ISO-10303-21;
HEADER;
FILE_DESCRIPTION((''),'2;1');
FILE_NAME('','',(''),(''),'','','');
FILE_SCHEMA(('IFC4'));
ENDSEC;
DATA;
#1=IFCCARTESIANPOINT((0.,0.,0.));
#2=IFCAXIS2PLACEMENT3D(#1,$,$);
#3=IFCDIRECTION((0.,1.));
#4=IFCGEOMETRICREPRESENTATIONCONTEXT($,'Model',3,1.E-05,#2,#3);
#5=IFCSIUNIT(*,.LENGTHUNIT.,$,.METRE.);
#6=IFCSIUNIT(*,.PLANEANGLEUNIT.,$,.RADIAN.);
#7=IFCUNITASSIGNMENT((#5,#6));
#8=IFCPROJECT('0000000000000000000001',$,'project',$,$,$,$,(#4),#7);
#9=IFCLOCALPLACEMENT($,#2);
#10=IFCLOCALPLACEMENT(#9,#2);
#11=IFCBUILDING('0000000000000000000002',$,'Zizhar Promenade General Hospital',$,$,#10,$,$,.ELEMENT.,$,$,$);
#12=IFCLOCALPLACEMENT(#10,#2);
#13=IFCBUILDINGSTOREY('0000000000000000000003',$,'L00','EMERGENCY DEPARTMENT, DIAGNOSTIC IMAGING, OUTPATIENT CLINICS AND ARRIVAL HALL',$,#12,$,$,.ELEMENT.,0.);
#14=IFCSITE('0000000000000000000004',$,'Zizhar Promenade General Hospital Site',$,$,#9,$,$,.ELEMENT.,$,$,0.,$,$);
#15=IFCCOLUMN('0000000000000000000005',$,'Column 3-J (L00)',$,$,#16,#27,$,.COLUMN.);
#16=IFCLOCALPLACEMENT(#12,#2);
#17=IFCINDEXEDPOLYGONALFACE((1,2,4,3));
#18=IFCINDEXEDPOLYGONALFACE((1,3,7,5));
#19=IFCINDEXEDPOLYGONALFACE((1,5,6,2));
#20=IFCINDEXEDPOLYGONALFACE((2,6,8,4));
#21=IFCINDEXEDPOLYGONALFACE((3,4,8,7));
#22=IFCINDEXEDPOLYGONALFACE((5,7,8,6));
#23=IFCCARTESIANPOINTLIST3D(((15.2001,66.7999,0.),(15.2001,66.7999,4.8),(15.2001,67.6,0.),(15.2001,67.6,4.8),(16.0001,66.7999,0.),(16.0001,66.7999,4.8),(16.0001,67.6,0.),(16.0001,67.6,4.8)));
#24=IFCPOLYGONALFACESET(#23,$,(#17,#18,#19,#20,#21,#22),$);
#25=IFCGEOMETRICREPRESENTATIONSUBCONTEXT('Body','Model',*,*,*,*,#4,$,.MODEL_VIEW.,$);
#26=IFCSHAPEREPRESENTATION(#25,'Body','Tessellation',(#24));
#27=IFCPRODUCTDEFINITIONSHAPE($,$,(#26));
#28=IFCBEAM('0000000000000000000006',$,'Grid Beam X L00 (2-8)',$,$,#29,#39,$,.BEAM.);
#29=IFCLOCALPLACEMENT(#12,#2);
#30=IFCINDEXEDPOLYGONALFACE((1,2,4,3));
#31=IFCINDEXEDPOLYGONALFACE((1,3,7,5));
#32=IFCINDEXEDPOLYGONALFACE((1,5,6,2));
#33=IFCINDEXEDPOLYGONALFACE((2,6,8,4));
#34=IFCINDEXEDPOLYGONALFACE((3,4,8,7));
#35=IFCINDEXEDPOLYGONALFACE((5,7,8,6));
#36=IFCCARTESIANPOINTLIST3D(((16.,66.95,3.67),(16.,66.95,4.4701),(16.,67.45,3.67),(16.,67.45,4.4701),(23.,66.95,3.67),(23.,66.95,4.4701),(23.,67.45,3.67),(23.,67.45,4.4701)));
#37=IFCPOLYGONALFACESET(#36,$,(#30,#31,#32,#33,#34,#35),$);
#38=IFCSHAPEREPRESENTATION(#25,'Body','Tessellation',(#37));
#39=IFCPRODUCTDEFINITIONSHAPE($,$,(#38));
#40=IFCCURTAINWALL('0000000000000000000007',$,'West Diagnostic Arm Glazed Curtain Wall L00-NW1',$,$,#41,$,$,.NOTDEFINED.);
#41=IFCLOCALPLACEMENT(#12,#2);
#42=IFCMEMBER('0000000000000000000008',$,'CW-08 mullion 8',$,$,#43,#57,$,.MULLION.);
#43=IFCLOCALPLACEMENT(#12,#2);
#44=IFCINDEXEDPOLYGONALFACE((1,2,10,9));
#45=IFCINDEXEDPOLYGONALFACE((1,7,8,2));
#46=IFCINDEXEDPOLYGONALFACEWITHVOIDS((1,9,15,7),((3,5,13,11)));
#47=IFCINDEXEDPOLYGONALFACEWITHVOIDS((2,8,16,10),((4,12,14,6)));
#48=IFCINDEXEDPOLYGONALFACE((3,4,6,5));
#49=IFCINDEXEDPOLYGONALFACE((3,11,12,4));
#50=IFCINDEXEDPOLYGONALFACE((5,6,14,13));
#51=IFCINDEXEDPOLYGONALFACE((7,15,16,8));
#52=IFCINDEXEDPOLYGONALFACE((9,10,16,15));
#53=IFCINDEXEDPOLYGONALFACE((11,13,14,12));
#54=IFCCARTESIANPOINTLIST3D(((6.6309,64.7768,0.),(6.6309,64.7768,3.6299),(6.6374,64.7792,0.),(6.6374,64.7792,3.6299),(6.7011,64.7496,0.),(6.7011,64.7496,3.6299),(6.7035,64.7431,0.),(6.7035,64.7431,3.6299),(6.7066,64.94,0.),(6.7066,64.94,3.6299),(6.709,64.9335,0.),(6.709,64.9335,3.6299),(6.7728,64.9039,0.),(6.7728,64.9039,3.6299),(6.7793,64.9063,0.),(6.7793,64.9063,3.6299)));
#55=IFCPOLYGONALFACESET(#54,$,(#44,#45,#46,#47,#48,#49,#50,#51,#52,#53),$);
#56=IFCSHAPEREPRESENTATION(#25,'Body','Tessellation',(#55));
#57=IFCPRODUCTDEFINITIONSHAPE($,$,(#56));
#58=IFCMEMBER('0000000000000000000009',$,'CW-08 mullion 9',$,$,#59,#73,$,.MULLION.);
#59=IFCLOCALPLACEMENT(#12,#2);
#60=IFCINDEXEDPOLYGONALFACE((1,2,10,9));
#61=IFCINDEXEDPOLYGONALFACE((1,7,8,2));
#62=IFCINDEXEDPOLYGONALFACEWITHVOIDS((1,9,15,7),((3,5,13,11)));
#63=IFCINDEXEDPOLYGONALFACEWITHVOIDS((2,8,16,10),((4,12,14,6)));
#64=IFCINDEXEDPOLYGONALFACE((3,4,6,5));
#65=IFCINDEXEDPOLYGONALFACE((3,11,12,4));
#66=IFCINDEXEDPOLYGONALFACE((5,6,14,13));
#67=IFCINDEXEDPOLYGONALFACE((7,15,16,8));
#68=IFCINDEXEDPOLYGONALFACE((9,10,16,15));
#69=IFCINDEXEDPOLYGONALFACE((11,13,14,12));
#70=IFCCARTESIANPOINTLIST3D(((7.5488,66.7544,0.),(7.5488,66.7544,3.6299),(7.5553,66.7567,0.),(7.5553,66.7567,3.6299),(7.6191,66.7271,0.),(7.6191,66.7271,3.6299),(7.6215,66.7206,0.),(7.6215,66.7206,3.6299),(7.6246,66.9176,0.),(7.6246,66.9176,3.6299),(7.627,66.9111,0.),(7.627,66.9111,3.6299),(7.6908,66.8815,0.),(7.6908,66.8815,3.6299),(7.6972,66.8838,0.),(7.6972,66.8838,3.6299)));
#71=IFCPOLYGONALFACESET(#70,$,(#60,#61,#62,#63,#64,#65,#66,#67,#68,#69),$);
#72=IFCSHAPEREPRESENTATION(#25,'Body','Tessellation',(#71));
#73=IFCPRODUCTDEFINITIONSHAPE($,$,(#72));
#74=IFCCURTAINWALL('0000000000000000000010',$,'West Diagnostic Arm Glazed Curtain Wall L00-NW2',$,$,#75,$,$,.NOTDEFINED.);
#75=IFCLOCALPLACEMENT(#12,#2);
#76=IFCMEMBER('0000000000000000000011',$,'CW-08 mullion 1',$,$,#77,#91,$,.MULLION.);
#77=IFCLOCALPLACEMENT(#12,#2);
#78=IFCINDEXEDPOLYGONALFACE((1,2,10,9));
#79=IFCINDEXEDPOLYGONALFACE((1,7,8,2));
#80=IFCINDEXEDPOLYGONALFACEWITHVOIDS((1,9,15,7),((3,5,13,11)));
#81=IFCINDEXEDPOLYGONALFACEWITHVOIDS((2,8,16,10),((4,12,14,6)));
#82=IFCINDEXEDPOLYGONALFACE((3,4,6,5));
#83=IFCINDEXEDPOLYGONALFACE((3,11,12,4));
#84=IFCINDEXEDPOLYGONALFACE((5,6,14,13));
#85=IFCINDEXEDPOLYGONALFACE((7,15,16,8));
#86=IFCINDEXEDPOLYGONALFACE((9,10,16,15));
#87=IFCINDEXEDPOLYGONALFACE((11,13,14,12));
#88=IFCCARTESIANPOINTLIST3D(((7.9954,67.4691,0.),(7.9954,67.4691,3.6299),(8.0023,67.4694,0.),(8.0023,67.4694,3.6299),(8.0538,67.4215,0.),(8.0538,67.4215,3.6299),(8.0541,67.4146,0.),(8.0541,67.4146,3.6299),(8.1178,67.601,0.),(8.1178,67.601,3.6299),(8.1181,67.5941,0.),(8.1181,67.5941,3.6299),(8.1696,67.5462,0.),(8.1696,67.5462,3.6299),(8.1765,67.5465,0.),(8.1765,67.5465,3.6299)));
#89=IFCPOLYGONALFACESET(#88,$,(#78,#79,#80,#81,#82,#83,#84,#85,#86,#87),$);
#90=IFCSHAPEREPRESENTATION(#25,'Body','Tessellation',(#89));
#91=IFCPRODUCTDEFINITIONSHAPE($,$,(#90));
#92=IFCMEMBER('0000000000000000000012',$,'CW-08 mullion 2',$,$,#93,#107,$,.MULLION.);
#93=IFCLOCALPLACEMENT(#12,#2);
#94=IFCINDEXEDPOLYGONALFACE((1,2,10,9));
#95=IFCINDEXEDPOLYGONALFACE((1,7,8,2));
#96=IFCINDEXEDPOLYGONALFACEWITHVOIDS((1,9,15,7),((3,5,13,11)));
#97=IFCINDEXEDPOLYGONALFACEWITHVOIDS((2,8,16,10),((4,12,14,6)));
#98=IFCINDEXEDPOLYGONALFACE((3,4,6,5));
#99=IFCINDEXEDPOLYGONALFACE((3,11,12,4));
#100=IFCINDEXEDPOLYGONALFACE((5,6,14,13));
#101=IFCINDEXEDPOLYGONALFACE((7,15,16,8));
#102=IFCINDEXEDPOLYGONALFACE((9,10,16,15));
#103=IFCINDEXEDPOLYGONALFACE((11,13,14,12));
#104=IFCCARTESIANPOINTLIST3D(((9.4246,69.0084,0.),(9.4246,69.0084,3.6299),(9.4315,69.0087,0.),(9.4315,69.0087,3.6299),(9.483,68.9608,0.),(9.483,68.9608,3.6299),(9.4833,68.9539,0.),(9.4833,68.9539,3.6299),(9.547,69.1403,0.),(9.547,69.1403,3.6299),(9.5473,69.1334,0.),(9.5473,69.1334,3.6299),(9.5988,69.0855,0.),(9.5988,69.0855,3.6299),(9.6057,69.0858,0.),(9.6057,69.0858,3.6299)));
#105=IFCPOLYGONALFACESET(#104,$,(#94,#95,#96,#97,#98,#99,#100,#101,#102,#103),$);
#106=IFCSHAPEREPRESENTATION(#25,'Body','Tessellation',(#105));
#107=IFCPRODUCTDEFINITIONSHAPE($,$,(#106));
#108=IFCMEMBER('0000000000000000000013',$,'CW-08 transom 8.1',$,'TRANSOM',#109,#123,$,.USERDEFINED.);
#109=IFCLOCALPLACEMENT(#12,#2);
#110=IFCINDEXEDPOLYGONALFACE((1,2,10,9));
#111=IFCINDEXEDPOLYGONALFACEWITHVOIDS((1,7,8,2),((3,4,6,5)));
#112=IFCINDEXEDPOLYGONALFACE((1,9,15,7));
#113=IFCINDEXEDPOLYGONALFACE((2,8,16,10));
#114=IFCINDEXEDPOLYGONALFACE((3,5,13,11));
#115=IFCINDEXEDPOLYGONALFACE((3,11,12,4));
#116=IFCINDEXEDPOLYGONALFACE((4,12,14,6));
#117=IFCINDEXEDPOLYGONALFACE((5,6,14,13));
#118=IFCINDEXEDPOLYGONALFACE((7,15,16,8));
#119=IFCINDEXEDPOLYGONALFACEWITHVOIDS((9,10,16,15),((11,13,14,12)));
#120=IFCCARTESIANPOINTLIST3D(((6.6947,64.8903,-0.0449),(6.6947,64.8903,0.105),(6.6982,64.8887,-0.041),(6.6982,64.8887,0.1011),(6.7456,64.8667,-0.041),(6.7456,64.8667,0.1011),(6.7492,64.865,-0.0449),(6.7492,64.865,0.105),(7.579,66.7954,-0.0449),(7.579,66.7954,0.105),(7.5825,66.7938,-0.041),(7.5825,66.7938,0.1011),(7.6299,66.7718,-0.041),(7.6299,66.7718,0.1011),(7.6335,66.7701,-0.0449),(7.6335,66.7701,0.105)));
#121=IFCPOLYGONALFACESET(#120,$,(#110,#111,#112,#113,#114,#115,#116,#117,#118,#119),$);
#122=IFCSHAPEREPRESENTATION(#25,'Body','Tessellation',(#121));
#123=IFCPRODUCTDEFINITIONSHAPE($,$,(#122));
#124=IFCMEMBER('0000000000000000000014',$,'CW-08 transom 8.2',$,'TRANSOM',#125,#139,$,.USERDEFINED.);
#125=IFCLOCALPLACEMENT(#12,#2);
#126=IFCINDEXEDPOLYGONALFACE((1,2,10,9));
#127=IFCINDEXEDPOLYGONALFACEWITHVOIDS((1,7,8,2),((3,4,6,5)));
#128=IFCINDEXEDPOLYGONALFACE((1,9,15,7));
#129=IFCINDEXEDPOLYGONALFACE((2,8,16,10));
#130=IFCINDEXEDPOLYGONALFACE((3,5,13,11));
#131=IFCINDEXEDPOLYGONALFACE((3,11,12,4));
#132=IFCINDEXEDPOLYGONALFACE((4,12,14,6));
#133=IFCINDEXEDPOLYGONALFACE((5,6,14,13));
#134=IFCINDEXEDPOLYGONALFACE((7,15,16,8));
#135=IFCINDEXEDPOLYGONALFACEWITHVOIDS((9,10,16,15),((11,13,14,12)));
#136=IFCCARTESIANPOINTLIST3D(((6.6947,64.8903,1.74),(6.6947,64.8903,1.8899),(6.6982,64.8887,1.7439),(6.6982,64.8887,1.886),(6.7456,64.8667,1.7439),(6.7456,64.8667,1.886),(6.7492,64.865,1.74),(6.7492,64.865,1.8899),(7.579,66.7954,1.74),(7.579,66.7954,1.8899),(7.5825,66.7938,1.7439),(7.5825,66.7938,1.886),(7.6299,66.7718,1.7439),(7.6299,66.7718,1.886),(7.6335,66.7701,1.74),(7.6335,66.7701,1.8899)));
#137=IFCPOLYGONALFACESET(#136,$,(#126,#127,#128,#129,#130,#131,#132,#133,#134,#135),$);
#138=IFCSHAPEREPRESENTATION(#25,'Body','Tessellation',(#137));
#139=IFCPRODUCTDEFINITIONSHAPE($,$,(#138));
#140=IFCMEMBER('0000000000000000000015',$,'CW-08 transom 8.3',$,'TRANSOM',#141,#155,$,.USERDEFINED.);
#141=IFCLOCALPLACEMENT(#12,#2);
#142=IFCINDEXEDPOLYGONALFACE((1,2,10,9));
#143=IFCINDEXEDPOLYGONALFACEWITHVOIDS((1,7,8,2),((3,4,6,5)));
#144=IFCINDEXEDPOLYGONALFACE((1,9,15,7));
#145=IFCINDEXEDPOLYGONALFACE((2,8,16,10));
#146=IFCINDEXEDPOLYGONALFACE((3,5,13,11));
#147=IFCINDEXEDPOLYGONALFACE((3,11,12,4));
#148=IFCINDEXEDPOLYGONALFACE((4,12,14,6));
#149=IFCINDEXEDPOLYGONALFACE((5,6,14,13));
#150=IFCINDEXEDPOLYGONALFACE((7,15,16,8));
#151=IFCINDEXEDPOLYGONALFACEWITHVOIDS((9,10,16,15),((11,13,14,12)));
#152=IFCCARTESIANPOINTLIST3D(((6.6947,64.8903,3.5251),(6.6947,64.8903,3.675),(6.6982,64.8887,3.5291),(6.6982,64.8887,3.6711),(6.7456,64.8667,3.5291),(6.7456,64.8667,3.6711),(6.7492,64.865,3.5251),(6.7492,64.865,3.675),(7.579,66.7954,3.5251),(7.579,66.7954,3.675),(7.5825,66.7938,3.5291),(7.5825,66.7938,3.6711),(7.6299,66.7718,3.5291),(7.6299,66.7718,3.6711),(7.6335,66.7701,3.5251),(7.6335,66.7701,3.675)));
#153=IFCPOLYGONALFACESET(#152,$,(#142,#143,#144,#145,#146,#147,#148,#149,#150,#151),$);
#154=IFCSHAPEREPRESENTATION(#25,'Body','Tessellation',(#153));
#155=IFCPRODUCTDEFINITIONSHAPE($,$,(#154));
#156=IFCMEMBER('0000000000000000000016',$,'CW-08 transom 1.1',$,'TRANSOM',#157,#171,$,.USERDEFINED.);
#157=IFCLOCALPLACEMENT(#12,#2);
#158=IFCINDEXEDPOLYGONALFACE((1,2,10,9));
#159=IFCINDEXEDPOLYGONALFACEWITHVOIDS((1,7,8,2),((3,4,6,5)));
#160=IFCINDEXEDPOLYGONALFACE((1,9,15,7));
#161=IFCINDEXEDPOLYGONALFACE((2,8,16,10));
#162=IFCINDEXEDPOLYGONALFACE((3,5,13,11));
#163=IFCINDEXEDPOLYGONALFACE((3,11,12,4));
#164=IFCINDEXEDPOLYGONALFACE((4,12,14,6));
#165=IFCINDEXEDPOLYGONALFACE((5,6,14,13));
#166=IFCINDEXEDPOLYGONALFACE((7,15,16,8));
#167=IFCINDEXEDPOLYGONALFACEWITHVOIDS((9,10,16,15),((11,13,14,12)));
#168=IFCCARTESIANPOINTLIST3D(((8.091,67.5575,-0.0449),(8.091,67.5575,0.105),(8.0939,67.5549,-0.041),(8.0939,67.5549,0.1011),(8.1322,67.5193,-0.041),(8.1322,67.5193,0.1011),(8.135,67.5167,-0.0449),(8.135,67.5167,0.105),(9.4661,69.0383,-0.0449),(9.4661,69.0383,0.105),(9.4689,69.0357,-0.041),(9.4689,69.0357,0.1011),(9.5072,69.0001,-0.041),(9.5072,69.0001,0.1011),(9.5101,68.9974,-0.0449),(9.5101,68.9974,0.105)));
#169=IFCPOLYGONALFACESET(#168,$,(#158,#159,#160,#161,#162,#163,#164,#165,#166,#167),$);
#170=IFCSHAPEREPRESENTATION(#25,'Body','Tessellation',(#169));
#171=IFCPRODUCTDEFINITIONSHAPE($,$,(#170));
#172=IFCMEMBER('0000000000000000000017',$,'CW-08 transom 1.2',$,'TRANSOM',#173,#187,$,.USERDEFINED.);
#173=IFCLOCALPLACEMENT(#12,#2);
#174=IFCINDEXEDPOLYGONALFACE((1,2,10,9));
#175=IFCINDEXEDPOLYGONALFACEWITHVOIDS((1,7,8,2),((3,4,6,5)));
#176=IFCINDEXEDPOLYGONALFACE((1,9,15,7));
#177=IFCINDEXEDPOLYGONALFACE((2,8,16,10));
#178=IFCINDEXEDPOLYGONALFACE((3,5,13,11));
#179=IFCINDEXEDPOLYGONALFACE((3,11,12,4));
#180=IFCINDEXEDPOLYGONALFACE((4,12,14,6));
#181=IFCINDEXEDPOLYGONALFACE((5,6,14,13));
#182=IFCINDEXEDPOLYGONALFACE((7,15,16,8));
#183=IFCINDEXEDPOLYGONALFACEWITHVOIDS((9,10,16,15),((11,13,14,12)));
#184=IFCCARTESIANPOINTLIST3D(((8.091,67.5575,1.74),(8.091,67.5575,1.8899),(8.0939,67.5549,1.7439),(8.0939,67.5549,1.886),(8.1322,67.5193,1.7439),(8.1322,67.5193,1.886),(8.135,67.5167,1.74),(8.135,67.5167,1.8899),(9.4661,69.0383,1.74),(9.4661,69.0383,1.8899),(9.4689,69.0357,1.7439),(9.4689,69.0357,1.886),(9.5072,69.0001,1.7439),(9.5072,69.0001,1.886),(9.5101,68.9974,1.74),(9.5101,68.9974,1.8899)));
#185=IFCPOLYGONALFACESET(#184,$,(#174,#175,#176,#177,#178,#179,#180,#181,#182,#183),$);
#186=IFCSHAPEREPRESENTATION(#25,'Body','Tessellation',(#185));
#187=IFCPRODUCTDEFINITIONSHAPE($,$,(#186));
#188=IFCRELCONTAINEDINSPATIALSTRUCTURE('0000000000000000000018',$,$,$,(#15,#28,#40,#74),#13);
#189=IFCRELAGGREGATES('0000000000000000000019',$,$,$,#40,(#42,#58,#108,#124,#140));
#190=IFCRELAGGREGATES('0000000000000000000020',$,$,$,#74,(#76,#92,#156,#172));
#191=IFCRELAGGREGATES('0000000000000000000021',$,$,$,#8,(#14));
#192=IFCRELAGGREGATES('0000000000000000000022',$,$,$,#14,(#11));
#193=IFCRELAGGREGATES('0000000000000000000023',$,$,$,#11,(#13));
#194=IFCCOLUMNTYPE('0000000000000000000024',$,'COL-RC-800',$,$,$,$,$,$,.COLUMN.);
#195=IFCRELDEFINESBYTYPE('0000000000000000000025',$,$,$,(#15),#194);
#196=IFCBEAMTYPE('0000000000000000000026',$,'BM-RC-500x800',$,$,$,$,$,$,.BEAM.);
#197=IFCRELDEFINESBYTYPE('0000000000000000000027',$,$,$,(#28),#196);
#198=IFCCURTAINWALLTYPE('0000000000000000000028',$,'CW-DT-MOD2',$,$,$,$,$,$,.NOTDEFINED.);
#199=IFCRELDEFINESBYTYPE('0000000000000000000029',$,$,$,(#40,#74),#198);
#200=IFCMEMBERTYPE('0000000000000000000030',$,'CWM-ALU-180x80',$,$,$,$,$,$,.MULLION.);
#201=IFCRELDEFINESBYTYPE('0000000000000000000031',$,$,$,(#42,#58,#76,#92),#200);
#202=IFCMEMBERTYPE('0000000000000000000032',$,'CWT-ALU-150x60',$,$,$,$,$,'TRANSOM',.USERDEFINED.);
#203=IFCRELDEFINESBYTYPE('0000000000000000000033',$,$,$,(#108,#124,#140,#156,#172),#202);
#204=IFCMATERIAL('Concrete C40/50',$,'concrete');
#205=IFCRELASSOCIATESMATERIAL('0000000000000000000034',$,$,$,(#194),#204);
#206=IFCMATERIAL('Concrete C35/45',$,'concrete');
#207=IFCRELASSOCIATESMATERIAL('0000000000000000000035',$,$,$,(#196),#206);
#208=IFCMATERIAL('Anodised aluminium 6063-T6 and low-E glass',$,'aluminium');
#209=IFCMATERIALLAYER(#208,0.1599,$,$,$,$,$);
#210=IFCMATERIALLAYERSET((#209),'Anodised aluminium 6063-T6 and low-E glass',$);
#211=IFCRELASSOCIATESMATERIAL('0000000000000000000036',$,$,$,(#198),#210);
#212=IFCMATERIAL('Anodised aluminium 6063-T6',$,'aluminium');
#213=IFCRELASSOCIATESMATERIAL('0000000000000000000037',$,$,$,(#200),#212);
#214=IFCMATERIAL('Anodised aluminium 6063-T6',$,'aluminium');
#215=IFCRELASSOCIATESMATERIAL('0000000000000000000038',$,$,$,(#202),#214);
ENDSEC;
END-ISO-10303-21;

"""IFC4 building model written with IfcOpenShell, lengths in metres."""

from ifc_helpers import new_model, si_unit, direction, frame, origin, origin_2d, place, context, subcontext, project, spatial, rectangle, hollow_rectangle, extrude, material, layer, layer_set, material_profile, profile_set, type_object, element, aggregate, save


model = new_model("IFC4")

# Units and contexts
model_context = context("Model", 3, precision=1e-05, world=origin(), true_north=direction((0.0, 1.0)))
body_context = subcontext(model_context, "Body", "Model", "MODEL_VIEW")
ifc_project = project(units=[si_unit("LENGTHUNIT", "METRE"), si_unit("PLANEANGLEUNIT", "RADIAN")], contexts=[model_context])

# Site, building, storey
site_placement = place(None, origin())
site = spatial("IfcSite", under=ifc_project, at=site_placement, Name="Zizhar Promenade General Hospital Site", CompositionType="ELEMENT", RefElevation=0.0)
building_placement = place(site_placement, origin())
building = spatial("IfcBuilding", under=site, at=building_placement, Name="Zizhar Promenade General Hospital", CompositionType="ELEMENT")
storey_placement = place(building_placement, origin())
storey = spatial("IfcBuildingStorey", under=building, at=storey_placement, Name="L00", Description="EMERGENCY DEPARTMENT, DIAGNOSTIC IMAGING, OUTPATIENT CLINICS AND ARRIVAL HALL", CompositionType="ELEMENT", Elevation=0.0)

# Column
ifc_material_1 = material(Name="Concrete C40/50", Category="concrete")
ifc_material_profile_1 = material_profile(ifc_material_1, rectangle(XDim=0.8, YDim=0.8, at=origin_2d()))
ifc_profile_set_1 = profile_set([ifc_material_profile_1], Name="Concrete C40/50")
column_type = type_object("IfcColumnType", Name="COL-RC-800", PredefinedType="COLUMN", material=ifc_profile_set_1)
column_placement = place(storey_placement, frame((15.6001, 67.2, 0.0), z_axis=(0.0, 0.0, 1.0), x_axis=(1.0, 0.0, 0.0)))
element("IfcColumn", 1, at=column_placement, inside=storey, type_object=column_type, Name="Column 3-J (L00)", PredefinedType="COLUMN", context=body_context, shape_type="SweptSolid", body=[
    extrude(rectangle(XDim=0.8, YDim=0.8, at=origin_2d()), origin(), (0.0, 0.0, 1.0), 4.8),
])

# Beam
ifc_material_2 = material(Name="Concrete C35/45", Category="concrete")
ifc_material_profile_2 = material_profile(ifc_material_2, rectangle(XDim=0.5, YDim=0.8, at=origin_2d()))
ifc_profile_set_2 = profile_set([ifc_material_profile_2], Name="Concrete C35/45")
beam_type = type_object("IfcBeamType", Name="BM-RC-500x800", PredefinedType="BEAM", material=ifc_profile_set_2)
beam_placement = place(storey_placement, frame((16.0, 67.2, 4.0701), z_axis=(1.0, 0.0, 0.0), x_axis=(0.0, 1.0, 0.0)))
element("IfcBeam", 2, at=beam_placement, inside=storey, type_object=beam_type, Name="Grid Beam X L00 (2-8)", PredefinedType="BEAM", context=body_context, shape_type="SweptSolid", body=[
    extrude(rectangle(XDim=0.5, YDim=0.8, at=origin_2d()), origin(), (0.0, 0.0, 1.0), 7.0),
])

# Curtain walls, members
ifc_material_3 = material(Name="Anodised aluminium 6063-T6 and low-E glass", Category="aluminium")
ifc_layer_1 = layer(ifc_material_3, 0.1599)
ifc_layer_set_1 = layer_set([ifc_layer_1], Name="Anodised aluminium 6063-T6 and low-E glass")
curtain_wall_type = type_object("IfcCurtainWallType", Name="CW-DT-MOD2", PredefinedType="NOTDEFINED", material=ifc_layer_set_1)
curtain_wall_1_placement = place(storey_placement, origin())
curtain_wall_1 = element("IfcCurtainWall", 3, at=curtain_wall_1_placement, inside=storey, type_object=curtain_wall_type, Name="West Diagnostic Arm Glazed Curtain Wall L00-NW1", PredefinedType="NOTDEFINED")
ifc_material_4 = material(Name="Anodised aluminium 6063-T6", Category="aluminium")
ifc_material_profile_3 = material_profile(ifc_material_4, hollow_rectangle(XDim=0.0801, YDim=0.1799, WallThickness=0.0049, at=origin_2d()))
ifc_profile_set_3 = profile_set([ifc_material_profile_3], Name="Anodised aluminium 6063-T6")
member_type_1 = type_object("IfcMemberType", Name="CWM-ALU-180x80", PredefinedType="MULLION", material=ifc_profile_set_3)
member_1_placement = place(storey_placement, frame((6.7051, 64.8416, 0.0), z_axis=(0.0, 0.0, 1.0), x_axis=(-0.907007, 0.421115, 0.0)))
member_1 = element("IfcMember", 4, at=member_1_placement, type_object=member_type_1, Name="CW-08 mullion 8", PredefinedType="MULLION", context=body_context, shape_type="SweptSolid", body=[
    extrude(hollow_rectangle(XDim=0.0801, YDim=0.1799, WallThickness=0.0049, at=origin_2d()), origin(), (0.0, 0.0, 1.0), 3.6299),
])
member_2_placement = place(storey_placement, frame((7.623, 66.8191, 0.0), z_axis=(0.0, 0.0, 1.0), x_axis=(-0.907007, 0.421115, 0.0)))
member_2 = element("IfcMember", 5, at=member_2_placement, type_object=member_type_1, Name="CW-08 mullion 9", PredefinedType="MULLION", context=body_context, shape_type="SweptSolid", body=[
    extrude(hollow_rectangle(XDim=0.0801, YDim=0.1799, WallThickness=0.0049, at=origin_2d()), origin(), (0.0, 0.0, 1.0), 3.6299),
])
curtain_wall_2_placement = place(storey_placement, origin())
curtain_wall_2 = element("IfcCurtainWall", 6, at=curtain_wall_2_placement, inside=storey, type_object=curtain_wall_type, Name="West Diagnostic Arm Glazed Curtain Wall L00-NW2", PredefinedType="NOTDEFINED")
member_3_placement = place(storey_placement, frame((8.0859, 67.5078, 0.0), z_axis=(0.0, 0.0, 1.0), x_axis=(-0.732793, 0.680452, 0.0)))
member_3 = element("IfcMember", 7, at=member_3_placement, type_object=member_type_1, Name="CW-08 mullion 1", PredefinedType="MULLION", context=body_context, shape_type="SweptSolid", body=[
    extrude(hollow_rectangle(XDim=0.0801, YDim=0.1799, WallThickness=0.0049, at=origin_2d()), origin(), (0.0, 0.0, 1.0), 3.6299),
])
member_4_placement = place(storey_placement, frame((9.5151, 69.0471, 0.0), z_axis=(0.0, 0.0, 1.0), x_axis=(-0.732793, 0.680452, 0.0)))
member_4 = element("IfcMember", 8, at=member_4_placement, type_object=member_type_1, Name="CW-08 mullion 2", PredefinedType="MULLION", context=body_context, shape_type="SweptSolid", body=[
    extrude(hollow_rectangle(XDim=0.0801, YDim=0.1799, WallThickness=0.0049, at=origin_2d()), origin(), (0.0, 0.0, 1.0), 3.6299),
])

# Members
ifc_material_5 = material(Name="Anodised aluminium 6063-T6", Category="aluminium")
ifc_material_profile_4 = material_profile(ifc_material_5, hollow_rectangle(XDim=0.0601, YDim=0.1499, WallThickness=0.0039, at=origin_2d()))
ifc_profile_set_4 = profile_set([ifc_material_profile_4], Name="Anodised aluminium 6063-T6")
member_type_2 = type_object("IfcMemberType", Name="CWT-ALU-150x60", ElementType="TRANSOM", PredefinedType="USERDEFINED", material=ifc_profile_set_4)
member_5_placement = place(storey_placement, frame((6.7219, 64.8777, 0.03), z_axis=(0.421033, 0.907045, 0.0), x_axis=(-0.907045, 0.421033, 0.0)))
member_5 = element("IfcMember", 9, at=member_5_placement, type_object=member_type_2, Name="CW-08 transom 8.1", ObjectType="TRANSOM", PredefinedType="USERDEFINED", context=body_context, shape_type="SweptSolid", body=[
    extrude(hollow_rectangle(XDim=0.0601, YDim=0.1499, WallThickness=0.0039, at=origin_2d()), origin(), (0.0, 0.0, 1.0), 2.1003),
])
member_6_placement = place(storey_placement, frame((6.7219, 64.8777, 1.8149), z_axis=(0.421033, 0.907045, 0.0), x_axis=(-0.907045, 0.421033, 0.0)))
member_6 = element("IfcMember", 10, at=member_6_placement, type_object=member_type_2, Name="CW-08 transom 8.2", ObjectType="TRANSOM", PredefinedType="USERDEFINED", context=body_context, shape_type="SweptSolid", body=[
    extrude(hollow_rectangle(XDim=0.0601, YDim=0.1499, WallThickness=0.0039, at=origin_2d()), origin(), (0.0, 0.0, 1.0), 2.1003),
])
member_7_placement = place(storey_placement, frame((6.7219, 64.8777, 3.6001), z_axis=(0.421033, 0.907045, 0.0), x_axis=(-0.907045, 0.421033, 0.0)))
member_7 = element("IfcMember", 11, at=member_7_placement, type_object=member_type_2, Name="CW-08 transom 8.3", ObjectType="TRANSOM", PredefinedType="USERDEFINED", context=body_context, shape_type="SweptSolid", body=[
    extrude(hollow_rectangle(XDim=0.0601, YDim=0.1499, WallThickness=0.0039, at=origin_2d()), origin(), (0.0, 0.0, 1.0), 2.1003),
])
member_8_placement = place(storey_placement, frame((8.113, 67.5371, 0.03), z_axis=(0.680465, 0.732781, 0.0), x_axis=(-0.732781, 0.680465, 0.0)))
member_8 = element("IfcMember", 12, at=member_8_placement, type_object=member_type_2, Name="CW-08 transom 1.1", ObjectType="TRANSOM", PredefinedType="USERDEFINED", context=body_context, shape_type="SweptSolid", body=[
    extrude(hollow_rectangle(XDim=0.0601, YDim=0.1499, WallThickness=0.0039, at=origin_2d()), origin(), (0.0, 0.0, 1.0), 2.0208),
])
member_9_placement = place(storey_placement, frame((8.113, 67.5371, 1.8149), z_axis=(0.680465, 0.732781, 0.0), x_axis=(-0.732781, 0.680465, 0.0)))
member_9 = element("IfcMember", 13, at=member_9_placement, type_object=member_type_2, Name="CW-08 transom 1.2", ObjectType="TRANSOM", PredefinedType="USERDEFINED", context=body_context, shape_type="SweptSolid", body=[
    extrude(hollow_rectangle(XDim=0.0601, YDim=0.1499, WallThickness=0.0039, at=origin_2d()), origin(), (0.0, 0.0, 1.0), 2.0208),
])

aggregate(curtain_wall_1, [member_1, member_2, member_5, member_6, member_7])
aggregate(curtain_wall_2, [member_3, member_4, member_8, member_9])

save(model, "model.ifc")
